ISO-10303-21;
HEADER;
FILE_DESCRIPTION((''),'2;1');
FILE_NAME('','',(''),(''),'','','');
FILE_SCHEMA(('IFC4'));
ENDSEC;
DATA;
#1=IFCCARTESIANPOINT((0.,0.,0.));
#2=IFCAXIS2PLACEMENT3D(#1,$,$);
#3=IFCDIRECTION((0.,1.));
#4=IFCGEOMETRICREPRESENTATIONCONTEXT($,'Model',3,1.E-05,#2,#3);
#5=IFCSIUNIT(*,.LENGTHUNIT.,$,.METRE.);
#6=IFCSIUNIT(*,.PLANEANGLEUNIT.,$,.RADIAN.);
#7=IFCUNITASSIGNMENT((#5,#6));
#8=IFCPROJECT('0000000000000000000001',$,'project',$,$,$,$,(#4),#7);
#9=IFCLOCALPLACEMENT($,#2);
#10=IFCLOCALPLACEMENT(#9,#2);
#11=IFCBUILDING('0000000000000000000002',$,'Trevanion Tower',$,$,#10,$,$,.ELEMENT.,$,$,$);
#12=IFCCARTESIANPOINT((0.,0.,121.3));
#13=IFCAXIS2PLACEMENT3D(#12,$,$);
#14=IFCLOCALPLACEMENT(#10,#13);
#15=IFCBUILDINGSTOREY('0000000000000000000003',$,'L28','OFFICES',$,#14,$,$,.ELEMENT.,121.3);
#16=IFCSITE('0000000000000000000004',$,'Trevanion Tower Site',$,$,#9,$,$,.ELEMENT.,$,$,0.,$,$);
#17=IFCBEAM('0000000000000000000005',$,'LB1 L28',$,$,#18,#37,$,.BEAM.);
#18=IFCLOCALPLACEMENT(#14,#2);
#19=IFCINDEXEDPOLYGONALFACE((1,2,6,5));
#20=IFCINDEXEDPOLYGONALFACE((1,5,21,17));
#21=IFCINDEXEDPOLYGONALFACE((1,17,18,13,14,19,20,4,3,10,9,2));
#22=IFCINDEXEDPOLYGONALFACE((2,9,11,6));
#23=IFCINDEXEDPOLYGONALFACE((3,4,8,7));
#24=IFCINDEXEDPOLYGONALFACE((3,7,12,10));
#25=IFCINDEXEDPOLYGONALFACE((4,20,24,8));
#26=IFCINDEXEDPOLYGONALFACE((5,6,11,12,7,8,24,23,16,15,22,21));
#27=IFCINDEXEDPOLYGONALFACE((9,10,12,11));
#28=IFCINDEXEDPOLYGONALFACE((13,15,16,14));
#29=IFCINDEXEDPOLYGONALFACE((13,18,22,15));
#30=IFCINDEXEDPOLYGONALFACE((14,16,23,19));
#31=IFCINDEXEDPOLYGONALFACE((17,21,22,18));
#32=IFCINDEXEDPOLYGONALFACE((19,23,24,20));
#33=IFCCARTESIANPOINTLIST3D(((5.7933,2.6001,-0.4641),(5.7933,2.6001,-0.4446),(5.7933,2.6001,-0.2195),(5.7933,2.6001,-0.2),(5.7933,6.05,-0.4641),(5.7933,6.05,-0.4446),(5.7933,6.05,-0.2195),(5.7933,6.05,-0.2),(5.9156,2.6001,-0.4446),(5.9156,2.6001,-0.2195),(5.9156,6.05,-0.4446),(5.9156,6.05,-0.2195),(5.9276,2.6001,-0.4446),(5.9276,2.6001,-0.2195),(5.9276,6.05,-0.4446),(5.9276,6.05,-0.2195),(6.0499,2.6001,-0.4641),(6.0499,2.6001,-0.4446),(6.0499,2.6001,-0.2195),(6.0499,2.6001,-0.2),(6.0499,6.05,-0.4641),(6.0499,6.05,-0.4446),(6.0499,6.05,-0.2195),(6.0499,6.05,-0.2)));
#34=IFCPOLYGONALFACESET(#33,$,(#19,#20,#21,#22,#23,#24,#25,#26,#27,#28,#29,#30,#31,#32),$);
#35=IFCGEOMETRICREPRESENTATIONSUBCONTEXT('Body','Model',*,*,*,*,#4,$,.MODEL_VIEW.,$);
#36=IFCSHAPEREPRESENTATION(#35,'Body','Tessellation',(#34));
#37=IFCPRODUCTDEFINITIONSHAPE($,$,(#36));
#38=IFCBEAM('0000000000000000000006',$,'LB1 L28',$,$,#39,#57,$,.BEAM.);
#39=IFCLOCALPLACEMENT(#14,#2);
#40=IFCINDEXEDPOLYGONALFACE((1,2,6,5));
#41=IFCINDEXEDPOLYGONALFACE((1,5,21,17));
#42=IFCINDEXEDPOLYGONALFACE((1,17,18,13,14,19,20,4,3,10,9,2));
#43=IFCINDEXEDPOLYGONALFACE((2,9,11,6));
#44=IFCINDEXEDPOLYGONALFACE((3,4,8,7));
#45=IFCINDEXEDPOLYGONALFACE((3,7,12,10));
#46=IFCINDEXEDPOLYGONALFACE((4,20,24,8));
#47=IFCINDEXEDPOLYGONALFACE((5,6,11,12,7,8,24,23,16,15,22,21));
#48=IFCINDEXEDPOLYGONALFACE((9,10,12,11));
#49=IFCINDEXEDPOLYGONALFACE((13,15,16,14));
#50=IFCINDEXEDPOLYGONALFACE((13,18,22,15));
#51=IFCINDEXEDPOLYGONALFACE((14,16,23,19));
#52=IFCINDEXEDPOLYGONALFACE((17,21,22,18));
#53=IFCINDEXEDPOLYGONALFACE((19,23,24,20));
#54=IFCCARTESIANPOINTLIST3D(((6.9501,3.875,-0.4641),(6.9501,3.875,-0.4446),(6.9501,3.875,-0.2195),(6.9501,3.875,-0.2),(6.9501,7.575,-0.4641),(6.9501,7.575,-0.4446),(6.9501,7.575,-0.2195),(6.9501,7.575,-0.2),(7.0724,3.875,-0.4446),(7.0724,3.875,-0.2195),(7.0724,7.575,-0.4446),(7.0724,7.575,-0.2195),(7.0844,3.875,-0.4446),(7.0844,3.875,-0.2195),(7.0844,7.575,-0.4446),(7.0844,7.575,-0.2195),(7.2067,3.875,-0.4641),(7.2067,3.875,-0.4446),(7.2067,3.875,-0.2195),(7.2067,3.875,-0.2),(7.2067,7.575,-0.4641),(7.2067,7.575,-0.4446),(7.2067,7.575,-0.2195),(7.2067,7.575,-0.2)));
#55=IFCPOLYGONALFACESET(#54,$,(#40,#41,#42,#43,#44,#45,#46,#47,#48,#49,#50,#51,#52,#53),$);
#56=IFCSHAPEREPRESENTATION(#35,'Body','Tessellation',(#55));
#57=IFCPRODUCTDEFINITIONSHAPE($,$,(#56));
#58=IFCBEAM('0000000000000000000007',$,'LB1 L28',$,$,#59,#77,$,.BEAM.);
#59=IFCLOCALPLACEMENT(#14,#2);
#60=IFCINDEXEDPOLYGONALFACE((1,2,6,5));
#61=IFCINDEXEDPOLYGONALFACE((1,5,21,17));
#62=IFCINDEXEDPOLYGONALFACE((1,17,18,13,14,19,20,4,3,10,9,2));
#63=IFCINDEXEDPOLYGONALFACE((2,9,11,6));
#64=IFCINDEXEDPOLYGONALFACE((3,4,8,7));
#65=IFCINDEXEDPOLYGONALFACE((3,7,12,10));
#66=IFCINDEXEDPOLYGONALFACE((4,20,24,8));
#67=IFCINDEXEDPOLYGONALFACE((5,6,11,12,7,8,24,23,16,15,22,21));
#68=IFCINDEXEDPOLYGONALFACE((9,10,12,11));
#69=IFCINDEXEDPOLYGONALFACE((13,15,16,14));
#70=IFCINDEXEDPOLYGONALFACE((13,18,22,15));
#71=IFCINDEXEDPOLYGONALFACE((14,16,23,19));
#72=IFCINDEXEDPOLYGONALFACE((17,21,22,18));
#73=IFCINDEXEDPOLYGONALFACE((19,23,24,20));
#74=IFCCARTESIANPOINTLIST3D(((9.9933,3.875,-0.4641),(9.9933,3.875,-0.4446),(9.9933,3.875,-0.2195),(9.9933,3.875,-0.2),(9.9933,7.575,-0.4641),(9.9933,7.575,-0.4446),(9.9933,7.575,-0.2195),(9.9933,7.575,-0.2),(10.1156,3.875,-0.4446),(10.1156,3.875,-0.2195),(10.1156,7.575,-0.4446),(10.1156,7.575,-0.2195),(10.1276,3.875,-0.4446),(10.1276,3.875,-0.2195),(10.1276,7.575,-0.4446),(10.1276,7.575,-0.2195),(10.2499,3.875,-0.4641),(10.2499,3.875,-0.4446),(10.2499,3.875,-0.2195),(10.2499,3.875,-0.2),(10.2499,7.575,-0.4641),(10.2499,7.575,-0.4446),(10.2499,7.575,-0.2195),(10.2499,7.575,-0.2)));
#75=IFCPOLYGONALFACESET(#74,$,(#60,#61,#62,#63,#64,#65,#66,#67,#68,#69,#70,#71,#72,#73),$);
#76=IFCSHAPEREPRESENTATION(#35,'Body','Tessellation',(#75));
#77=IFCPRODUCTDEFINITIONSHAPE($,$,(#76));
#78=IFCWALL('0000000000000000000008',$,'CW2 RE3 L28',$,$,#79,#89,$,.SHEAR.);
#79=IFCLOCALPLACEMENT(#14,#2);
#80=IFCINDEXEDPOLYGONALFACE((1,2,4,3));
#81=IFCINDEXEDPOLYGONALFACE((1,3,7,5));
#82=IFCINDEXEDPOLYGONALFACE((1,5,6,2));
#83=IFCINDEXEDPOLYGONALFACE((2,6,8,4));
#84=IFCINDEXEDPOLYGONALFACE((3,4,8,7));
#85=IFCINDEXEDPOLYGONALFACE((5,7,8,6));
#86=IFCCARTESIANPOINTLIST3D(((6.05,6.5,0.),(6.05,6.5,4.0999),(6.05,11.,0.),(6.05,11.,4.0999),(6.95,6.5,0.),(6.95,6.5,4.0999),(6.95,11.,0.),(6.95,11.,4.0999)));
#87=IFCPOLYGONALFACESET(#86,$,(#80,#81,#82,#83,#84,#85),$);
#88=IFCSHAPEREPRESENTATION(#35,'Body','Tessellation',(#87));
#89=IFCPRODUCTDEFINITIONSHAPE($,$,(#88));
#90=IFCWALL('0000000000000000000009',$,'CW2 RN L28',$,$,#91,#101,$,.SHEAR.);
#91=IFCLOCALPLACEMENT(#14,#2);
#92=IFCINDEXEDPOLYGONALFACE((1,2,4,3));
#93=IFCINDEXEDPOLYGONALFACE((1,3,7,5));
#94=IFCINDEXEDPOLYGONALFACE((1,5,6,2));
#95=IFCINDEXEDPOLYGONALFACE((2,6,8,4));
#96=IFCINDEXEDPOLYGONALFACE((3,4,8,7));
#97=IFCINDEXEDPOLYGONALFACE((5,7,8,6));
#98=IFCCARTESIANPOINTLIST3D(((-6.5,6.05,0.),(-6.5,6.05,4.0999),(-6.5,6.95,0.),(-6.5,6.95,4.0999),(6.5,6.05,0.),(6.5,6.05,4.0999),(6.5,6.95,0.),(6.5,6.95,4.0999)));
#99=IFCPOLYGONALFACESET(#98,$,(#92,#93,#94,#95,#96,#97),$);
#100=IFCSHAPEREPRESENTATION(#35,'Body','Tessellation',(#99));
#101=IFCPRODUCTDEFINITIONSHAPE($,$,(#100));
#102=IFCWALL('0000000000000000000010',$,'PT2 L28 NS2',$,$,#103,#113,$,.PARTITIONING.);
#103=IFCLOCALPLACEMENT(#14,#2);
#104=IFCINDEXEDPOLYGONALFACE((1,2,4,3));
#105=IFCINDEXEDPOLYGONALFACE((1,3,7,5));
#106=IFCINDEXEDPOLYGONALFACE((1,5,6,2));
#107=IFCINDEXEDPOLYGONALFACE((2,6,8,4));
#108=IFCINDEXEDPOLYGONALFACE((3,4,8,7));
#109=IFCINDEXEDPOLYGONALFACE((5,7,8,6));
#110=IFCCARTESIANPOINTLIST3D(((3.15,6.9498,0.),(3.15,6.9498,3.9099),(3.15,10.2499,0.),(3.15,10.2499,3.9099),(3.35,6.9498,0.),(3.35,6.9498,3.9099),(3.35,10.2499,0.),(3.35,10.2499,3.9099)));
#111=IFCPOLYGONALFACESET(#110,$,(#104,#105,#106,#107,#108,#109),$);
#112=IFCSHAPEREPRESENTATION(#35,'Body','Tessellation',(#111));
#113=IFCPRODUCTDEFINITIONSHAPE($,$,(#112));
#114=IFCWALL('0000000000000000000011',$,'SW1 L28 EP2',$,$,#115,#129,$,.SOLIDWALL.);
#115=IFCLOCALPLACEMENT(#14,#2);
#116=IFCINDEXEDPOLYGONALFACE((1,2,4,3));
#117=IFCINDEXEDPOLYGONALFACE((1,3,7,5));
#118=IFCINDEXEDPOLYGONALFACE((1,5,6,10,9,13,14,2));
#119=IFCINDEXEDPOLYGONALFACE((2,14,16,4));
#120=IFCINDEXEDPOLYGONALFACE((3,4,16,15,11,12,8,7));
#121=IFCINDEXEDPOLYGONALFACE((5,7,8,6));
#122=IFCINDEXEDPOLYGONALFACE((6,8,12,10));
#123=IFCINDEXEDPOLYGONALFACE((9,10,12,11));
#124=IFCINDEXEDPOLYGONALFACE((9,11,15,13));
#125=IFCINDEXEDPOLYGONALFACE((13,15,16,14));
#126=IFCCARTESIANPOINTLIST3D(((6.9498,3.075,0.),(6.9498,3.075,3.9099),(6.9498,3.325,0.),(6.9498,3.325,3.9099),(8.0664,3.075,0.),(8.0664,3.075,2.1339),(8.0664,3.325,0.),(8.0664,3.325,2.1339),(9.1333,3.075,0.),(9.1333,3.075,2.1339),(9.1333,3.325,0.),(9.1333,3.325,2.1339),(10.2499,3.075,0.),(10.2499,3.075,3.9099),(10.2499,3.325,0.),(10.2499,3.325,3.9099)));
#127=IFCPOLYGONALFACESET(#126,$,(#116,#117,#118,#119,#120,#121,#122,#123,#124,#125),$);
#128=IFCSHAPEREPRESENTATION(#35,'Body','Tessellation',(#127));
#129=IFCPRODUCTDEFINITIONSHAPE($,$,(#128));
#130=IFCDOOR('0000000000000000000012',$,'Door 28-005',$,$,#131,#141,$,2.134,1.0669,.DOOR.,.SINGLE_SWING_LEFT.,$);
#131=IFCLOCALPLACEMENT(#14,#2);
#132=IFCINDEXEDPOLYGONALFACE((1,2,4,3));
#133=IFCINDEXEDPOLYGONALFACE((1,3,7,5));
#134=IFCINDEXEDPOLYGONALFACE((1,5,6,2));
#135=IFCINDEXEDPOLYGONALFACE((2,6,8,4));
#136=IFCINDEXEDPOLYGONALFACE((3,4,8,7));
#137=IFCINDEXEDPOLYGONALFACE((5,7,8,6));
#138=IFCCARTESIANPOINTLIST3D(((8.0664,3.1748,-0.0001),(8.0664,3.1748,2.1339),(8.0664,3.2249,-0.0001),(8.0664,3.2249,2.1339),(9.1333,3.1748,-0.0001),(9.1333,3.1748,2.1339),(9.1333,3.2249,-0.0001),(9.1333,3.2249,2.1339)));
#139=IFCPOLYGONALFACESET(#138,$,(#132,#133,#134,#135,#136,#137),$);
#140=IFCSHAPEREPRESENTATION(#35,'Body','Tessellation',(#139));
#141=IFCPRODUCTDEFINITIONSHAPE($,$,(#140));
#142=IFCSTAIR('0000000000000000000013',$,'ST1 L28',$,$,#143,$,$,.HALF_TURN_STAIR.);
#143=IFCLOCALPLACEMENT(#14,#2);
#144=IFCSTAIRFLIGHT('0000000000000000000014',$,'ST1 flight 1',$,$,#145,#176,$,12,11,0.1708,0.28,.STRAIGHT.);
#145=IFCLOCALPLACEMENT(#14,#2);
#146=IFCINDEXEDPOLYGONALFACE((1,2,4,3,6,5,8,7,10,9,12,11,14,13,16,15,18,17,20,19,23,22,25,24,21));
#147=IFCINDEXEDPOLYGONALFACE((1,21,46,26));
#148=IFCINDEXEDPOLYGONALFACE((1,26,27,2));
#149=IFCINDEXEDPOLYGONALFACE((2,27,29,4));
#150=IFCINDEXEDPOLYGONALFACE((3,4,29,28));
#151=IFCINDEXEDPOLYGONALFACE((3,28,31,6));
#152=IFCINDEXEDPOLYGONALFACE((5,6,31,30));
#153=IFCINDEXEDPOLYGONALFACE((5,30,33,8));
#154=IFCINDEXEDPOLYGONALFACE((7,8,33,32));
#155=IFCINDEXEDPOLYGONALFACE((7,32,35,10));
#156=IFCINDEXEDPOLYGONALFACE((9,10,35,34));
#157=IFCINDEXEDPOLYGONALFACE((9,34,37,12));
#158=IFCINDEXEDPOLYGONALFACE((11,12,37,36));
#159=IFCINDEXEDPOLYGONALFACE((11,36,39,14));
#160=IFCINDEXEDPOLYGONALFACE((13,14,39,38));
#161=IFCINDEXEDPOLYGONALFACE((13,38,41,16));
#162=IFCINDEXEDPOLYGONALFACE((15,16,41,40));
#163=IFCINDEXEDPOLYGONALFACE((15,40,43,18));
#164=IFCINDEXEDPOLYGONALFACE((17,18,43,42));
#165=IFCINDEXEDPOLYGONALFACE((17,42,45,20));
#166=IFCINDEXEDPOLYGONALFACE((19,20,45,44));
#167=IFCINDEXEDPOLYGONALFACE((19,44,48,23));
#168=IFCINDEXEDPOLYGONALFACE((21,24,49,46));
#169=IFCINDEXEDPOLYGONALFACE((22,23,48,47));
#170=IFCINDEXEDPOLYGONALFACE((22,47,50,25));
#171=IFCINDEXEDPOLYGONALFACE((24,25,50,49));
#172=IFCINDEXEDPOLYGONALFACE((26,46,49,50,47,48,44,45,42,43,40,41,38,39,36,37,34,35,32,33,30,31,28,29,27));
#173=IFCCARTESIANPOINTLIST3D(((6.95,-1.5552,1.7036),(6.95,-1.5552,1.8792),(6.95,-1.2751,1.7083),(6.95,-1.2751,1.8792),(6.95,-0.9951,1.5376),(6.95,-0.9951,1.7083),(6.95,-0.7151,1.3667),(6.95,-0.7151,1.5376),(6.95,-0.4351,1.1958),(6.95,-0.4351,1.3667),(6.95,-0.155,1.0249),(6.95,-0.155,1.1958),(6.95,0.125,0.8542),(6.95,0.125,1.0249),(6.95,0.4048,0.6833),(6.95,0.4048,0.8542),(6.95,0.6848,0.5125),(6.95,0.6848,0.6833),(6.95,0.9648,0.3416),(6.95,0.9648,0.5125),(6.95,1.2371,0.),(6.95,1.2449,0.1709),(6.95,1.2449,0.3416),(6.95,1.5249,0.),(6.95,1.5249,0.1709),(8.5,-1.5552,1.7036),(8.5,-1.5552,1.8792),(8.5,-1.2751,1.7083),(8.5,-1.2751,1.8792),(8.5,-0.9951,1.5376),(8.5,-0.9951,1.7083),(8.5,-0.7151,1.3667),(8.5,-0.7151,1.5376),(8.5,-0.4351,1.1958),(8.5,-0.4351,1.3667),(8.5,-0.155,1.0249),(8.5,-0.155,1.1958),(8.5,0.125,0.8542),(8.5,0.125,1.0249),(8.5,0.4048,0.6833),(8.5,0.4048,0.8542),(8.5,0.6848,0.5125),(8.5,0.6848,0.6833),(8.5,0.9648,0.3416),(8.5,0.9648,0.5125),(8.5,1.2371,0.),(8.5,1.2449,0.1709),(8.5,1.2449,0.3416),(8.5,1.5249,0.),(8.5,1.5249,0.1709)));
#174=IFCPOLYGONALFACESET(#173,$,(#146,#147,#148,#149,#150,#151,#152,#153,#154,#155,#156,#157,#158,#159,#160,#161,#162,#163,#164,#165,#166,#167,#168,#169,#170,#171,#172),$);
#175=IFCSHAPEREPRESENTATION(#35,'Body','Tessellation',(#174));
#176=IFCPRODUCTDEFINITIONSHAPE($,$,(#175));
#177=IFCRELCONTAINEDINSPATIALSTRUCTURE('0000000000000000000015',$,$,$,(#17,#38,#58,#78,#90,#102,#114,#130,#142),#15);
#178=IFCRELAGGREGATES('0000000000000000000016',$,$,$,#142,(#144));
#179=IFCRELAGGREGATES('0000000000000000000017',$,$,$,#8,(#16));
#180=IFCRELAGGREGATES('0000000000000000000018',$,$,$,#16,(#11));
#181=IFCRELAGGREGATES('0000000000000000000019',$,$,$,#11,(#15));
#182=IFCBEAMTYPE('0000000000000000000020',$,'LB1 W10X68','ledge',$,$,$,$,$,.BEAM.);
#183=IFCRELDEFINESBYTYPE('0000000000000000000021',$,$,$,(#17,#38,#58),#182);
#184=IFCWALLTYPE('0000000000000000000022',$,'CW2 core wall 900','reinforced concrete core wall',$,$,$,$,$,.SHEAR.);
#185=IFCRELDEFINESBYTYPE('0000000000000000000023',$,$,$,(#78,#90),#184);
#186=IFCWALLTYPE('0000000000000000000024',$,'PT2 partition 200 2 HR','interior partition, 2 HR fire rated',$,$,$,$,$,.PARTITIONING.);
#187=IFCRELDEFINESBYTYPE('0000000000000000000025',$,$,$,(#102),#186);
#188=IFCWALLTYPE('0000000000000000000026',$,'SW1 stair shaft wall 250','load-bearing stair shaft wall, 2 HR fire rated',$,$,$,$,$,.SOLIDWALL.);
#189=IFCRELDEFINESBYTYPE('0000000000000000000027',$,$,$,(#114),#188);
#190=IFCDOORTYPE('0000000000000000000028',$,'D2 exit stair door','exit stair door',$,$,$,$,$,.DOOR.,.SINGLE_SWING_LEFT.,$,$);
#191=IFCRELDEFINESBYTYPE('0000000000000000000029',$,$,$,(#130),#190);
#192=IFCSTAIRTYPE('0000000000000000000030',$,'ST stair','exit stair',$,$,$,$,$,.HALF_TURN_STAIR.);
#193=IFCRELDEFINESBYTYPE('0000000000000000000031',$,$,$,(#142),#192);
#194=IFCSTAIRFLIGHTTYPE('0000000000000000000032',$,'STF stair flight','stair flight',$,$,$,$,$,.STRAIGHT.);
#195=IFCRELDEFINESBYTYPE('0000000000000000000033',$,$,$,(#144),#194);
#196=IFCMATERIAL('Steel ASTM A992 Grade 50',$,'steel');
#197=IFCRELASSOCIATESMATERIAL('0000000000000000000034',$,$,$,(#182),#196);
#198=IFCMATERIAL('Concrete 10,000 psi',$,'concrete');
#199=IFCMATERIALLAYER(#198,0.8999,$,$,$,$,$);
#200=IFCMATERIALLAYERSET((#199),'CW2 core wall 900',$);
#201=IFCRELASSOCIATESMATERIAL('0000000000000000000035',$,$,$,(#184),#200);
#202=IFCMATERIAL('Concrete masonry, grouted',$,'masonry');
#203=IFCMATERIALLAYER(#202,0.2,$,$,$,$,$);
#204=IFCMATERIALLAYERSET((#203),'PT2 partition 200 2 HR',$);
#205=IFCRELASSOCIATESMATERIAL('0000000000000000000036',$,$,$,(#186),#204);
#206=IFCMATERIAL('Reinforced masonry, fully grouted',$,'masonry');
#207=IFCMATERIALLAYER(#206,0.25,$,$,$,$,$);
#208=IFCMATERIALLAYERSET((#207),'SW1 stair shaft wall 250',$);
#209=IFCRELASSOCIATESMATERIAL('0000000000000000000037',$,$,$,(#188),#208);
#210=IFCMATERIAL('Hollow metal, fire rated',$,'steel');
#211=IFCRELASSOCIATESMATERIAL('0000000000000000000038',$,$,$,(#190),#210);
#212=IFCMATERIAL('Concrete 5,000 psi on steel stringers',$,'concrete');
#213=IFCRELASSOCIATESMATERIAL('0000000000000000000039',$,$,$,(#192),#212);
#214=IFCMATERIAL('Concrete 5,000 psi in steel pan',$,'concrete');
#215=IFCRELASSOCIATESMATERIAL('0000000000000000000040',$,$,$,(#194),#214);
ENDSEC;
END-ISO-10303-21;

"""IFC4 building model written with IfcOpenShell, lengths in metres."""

from ifc_helpers import new_model, si_unit, direction, frame, frame_2d, origin, origin_2d, place, context, subcontext, project, spatial, polyline, rectangle, i_section, outline, extrude, material, layer, layer_set, material_profile, profile_set, type_object, element, fill, aggregate, save


model = new_model("IFC4")

# Units and contexts
model_context = context("Model", 3, precision=1e-05, world=origin(), true_north=direction((0.0, 1.0)))
body_context = subcontext(model_context, "Body", "Model", "MODEL_VIEW")
ifc_project = project(units=[si_unit("LENGTHUNIT", "METRE"), si_unit("PLANEANGLEUNIT", "RADIAN")], contexts=[model_context])

# Site, building, storey
site_placement = place(None, origin())
site = spatial("IfcSite", under=ifc_project, at=site_placement, Name="Trevanion Tower Site", CompositionType="ELEMENT", RefElevation=0.0)
building_placement = place(site_placement, origin())
building = spatial("IfcBuilding", under=site, at=building_placement, Name="Trevanion Tower", CompositionType="ELEMENT")
storey_placement = place(building_placement, frame((0.0, 0.0, 121.3)))
storey = spatial("IfcBuildingStorey", under=building, at=storey_placement, Name="L28", Description="OFFICES", CompositionType="ELEMENT", Elevation=121.3)

# Beams
ifc_material_1 = material(Name="Steel ASTM A992 Grade 50", Category="steel")
ifc_material_profile = material_profile(ifc_material_1, i_section(OverallWidth=0.2566, OverallDepth=0.2642, WebThickness=0.012, FlangeThickness=0.0195, at=origin_2d()), Name="W10X68")
ifc_profile_set = profile_set([ifc_material_profile], Name="Steel ASTM A992 Grade 50")
beam_type = type_object("IfcBeamType", Name="LB1 W10X68", Description="ledge", PredefinedType="BEAM", material=ifc_profile_set)
beam_placement = place(storey_placement, frame((5.9216, 2.6001, -0.332), z_axis=(0.0, 1.0, 0.0), x_axis=(-1.0, 0.0, 0.0)))
element("IfcBeam", 1, at=beam_placement, inside=storey, type_object=beam_type, Name="LB1 L28", PredefinedType="BEAM", context=body_context, shape_type="SweptSolid", body=[
    extrude(i_section(OverallWidth=0.2566, OverallDepth=0.2642, WebThickness=0.012, FlangeThickness=0.0195, at=origin_2d()), origin(), (0.0, 0.0, 1.0), 3.45),
])
for number, where, z_axis, x_axis, name in (
    (2, (7.0784, 3.875, -0.332), (0.0, 1.0, 0.0), (-1.0, 0.0, 0.0), "LB1 L28"),
    (3, (10.1216, 3.875, -0.332), (0.0, 1.0, 0.0), (-1.0, 0.0, 0.0), "LB1 L28"),
):
    element("IfcBeam", number, at=place(storey_placement, frame(where, z_axis=z_axis, x_axis=x_axis)), inside=storey, type_object=beam_type, Name=name, PredefinedType="BEAM", context=body_context, shape_type="SweptSolid", body=[
        extrude(i_section(OverallWidth=0.2566, OverallDepth=0.2642, WebThickness=0.012, FlangeThickness=0.0195, at=origin_2d()), origin(), (0.0, 0.0, 1.0), 3.7),
    ])

# Walls
ifc_material_2 = material(Name="Concrete 10,000 psi", Category="concrete")
ifc_layer_1 = layer(ifc_material_2, 0.8999)
ifc_layer_set_1 = layer_set([ifc_layer_1], Name="CW2 core wall 900")
wall_type_1 = type_object("IfcWallType", Name="CW2 core wall 900", Description="reinforced concrete core wall", PredefinedType="SHEAR", material=ifc_layer_set_1)
wall_1_placement = place(storey_placement, frame((6.5, 6.5, 0.0), z_axis=(0.0, 0.0, 1.0), x_axis=(0.0, 1.0, 0.0)))
element("IfcWall", 4, at=wall_1_placement, inside=storey, type_object=wall_type_1, Name="CW2 RE3 L28", PredefinedType="SHEAR", context=body_context, shape_type="SweptSolid", body=[
    extrude(rectangle(XDim=4.5, YDim=0.8999, at=frame_2d((2.25, 0.0))), origin(), (0.0, 0.0, 1.0), 4.0999),
])
wall_2_placement = place(storey_placement, frame((6.5, 6.5, 0.0), z_axis=(0.0, 0.0, 1.0), x_axis=(-1.0, 0.0, 0.0)))
element("IfcWall", 5, at=wall_2_placement, inside=storey, type_object=wall_type_1, Name="CW2 RN L28", PredefinedType="SHEAR", context=body_context, shape_type="SweptSolid", body=[
    extrude(rectangle(XDim=13.0, YDim=0.8999, at=frame_2d((6.5, 0.0))), origin(), (0.0, 0.0, 1.0), 4.0999),
])
ifc_material_3 = material(Name="Concrete masonry, grouted", Category="masonry")
ifc_layer_2 = layer(ifc_material_3, 0.2)
ifc_layer_set_2 = layer_set([ifc_layer_2], Name="PT2 partition 200 2 HR")
wall_type_2 = type_object("IfcWallType", Name="PT2 partition 200 2 HR", Description="interior partition, 2 HR fire rated", PredefinedType="PARTITIONING", material=ifc_layer_set_2)
wall_3_placement = place(storey_placement, frame((3.25, 6.95, 0.0), z_axis=(0.0, 0.0, 1.0), x_axis=(0.0, 1.0, 0.0)))
element("IfcWall", 6, at=wall_3_placement, inside=storey, type_object=wall_type_2, Name="PT2 L28 NS2", PredefinedType="PARTITIONING", context=body_context, shape_type="SweptSolid", body=[
    extrude(rectangle(XDim=3.3, YDim=0.2, at=frame_2d((1.6499, 0.0))), origin(), (0.0, 0.0, 1.0), 3.9099),
])

# Wall, opening, door
ifc_material_4 = material(Name="Reinforced masonry, fully grouted", Category="masonry")
ifc_layer_3 = layer(ifc_material_4, 0.25)
ifc_layer_set_3 = layer_set([ifc_layer_3], Name="SW1 stair shaft wall 250")
wall_type_3 = type_object("IfcWallType", Name="SW1 stair shaft wall 250", Description="load-bearing stair shaft wall, 2 HR fire rated", PredefinedType="SOLIDWALL", material=ifc_layer_set_3)
wall_4_placement = place(storey_placement, frame((6.95, 3.2, 0.0), z_axis=(0.0, 0.0, 1.0), x_axis=(1.0, 0.0, 0.0)))
wall_4 = element("IfcWall", 7, at=wall_4_placement, inside=storey, type_object=wall_type_3, Name="SW1 L28 EP2", PredefinedType="SOLIDWALL", context=body_context, shape_type="SweptSolid", body=[
    extrude(rectangle(XDim=3.3, YDim=0.25, at=frame_2d((1.6499, 0.0))), origin(), (0.0, 0.0, 1.0), 3.9099),
])
opening_placement = place(wall_4_placement, frame((1.1165, 0.0, 0.0)))
opening = element("IfcOpeningElement", 8, at=opening_placement, cuts=wall_4, PredefinedType="OPENING", context=body_context, shape_type="SweptSolid", body=[
    extrude(rectangle(XDim=1.0669, YDim=2.134, at=frame_2d((0.5334, 1.0669))), frame((0.0, 0.135, 0.0), z_axis=(0.0, -1.0, 0.0), x_axis=(1.0, 0.0, 0.0)), (0.0, 0.0, 1.0), 0.27),
])
ifc_material_5 = material(Name="Hollow metal, fire rated", Category="steel")
door_type = type_object("IfcDoorType", Name="D2 exit stair door", Description="exit stair door", OperationType="SINGLE_SWING_LEFT", PredefinedType="DOOR", material=ifc_material_5)
door_placement = place(opening_placement, origin())
door = element("IfcDoor", 9, at=door_placement, inside=storey, type_object=door_type, Name="Door 28-005", OperationType="SINGLE_SWING_LEFT", OverallHeight=2.134, OverallWidth=1.0669, PredefinedType="DOOR", context=body_context, shape_type="SweptSolid", body=[
    extrude(rectangle(XDim=1.0669, YDim=2.134, at=frame_2d((0.5334, 1.0669))), frame((0.0, 0.0249, 0.0), z_axis=(0.0, -1.0, 0.0), x_axis=(1.0, 0.0, 0.0)), (0.0, 0.0, 1.0), 0.05),
])
fill(opening, door)

# Stair, stair flight
ifc_material_6 = material(Name="Concrete 5,000 psi on steel stringers", Category="concrete")
stair_type = type_object("IfcStairType", Name="ST stair", Description="exit stair", PredefinedType="HALF_TURN_STAIR", material=ifc_material_6)
stair_placement = place(storey_placement, origin())
stair = element("IfcStair", 10, at=stair_placement, inside=storey, type_object=stair_type, Name="ST1 L28", PredefinedType="HALF_TURN_STAIR")
ifc_material_7 = material(Name="Concrete 5,000 psi in steel pan", Category="concrete")
stair_flight_type = type_object("IfcStairFlightType", Name="STF stair flight", Description="stair flight", PredefinedType="STRAIGHT", material=ifc_material_7)
stair_flight_placement = place(storey_placement, frame((7.7251, 1.5249, 0.0), z_axis=(0.0, 0.0, 1.0), x_axis=(0.0, -1.0, 0.0)))
stair_flight = element("IfcStairFlight", 11, at=stair_flight_placement, type_object=stair_flight_type, Name="ST1 flight 1", NumberOfRisers=12, NumberOfTreads=11, PredefinedType="STRAIGHT", RiserHeight=0.1708, TreadLength=0.28, context=body_context, shape_type="SweptSolid", body=[
    extrude(outline(polyline([(0.0, 0.0), (0.0, 0.1709), (0.28, 0.1709), (0.28, 0.3416), (0.5601, 0.3416), (0.5601, 0.5125), (0.8401, 0.5125), (0.8401, 0.6833), (1.1201, 0.6833), (1.1201, 0.8542), (1.3999, 0.8542), (1.3999, 1.0249), (1.6799, 1.0249), (1.6799, 1.1958), (1.96, 1.1958), (1.96, 1.3667), (2.24, 1.3667), (2.24, 1.5376), (2.52, 1.5376), (2.52, 1.7083), (2.8, 1.7083), (2.8, 1.8792), (3.0801, 1.8792), (3.0801, 2.05), (3.0801, 1.7036), (0.2878, 0.0), (0.0, 0.0)])), frame((0.0, 0.7749, 0.0), z_axis=(0.0, -1.0, 0.0), x_axis=(1.0, 0.0, 0.0)), (0.0, 0.0, 1.0), 1.55),
])
aggregate(stair, [stair_flight])

save(model, "model.ifc")
